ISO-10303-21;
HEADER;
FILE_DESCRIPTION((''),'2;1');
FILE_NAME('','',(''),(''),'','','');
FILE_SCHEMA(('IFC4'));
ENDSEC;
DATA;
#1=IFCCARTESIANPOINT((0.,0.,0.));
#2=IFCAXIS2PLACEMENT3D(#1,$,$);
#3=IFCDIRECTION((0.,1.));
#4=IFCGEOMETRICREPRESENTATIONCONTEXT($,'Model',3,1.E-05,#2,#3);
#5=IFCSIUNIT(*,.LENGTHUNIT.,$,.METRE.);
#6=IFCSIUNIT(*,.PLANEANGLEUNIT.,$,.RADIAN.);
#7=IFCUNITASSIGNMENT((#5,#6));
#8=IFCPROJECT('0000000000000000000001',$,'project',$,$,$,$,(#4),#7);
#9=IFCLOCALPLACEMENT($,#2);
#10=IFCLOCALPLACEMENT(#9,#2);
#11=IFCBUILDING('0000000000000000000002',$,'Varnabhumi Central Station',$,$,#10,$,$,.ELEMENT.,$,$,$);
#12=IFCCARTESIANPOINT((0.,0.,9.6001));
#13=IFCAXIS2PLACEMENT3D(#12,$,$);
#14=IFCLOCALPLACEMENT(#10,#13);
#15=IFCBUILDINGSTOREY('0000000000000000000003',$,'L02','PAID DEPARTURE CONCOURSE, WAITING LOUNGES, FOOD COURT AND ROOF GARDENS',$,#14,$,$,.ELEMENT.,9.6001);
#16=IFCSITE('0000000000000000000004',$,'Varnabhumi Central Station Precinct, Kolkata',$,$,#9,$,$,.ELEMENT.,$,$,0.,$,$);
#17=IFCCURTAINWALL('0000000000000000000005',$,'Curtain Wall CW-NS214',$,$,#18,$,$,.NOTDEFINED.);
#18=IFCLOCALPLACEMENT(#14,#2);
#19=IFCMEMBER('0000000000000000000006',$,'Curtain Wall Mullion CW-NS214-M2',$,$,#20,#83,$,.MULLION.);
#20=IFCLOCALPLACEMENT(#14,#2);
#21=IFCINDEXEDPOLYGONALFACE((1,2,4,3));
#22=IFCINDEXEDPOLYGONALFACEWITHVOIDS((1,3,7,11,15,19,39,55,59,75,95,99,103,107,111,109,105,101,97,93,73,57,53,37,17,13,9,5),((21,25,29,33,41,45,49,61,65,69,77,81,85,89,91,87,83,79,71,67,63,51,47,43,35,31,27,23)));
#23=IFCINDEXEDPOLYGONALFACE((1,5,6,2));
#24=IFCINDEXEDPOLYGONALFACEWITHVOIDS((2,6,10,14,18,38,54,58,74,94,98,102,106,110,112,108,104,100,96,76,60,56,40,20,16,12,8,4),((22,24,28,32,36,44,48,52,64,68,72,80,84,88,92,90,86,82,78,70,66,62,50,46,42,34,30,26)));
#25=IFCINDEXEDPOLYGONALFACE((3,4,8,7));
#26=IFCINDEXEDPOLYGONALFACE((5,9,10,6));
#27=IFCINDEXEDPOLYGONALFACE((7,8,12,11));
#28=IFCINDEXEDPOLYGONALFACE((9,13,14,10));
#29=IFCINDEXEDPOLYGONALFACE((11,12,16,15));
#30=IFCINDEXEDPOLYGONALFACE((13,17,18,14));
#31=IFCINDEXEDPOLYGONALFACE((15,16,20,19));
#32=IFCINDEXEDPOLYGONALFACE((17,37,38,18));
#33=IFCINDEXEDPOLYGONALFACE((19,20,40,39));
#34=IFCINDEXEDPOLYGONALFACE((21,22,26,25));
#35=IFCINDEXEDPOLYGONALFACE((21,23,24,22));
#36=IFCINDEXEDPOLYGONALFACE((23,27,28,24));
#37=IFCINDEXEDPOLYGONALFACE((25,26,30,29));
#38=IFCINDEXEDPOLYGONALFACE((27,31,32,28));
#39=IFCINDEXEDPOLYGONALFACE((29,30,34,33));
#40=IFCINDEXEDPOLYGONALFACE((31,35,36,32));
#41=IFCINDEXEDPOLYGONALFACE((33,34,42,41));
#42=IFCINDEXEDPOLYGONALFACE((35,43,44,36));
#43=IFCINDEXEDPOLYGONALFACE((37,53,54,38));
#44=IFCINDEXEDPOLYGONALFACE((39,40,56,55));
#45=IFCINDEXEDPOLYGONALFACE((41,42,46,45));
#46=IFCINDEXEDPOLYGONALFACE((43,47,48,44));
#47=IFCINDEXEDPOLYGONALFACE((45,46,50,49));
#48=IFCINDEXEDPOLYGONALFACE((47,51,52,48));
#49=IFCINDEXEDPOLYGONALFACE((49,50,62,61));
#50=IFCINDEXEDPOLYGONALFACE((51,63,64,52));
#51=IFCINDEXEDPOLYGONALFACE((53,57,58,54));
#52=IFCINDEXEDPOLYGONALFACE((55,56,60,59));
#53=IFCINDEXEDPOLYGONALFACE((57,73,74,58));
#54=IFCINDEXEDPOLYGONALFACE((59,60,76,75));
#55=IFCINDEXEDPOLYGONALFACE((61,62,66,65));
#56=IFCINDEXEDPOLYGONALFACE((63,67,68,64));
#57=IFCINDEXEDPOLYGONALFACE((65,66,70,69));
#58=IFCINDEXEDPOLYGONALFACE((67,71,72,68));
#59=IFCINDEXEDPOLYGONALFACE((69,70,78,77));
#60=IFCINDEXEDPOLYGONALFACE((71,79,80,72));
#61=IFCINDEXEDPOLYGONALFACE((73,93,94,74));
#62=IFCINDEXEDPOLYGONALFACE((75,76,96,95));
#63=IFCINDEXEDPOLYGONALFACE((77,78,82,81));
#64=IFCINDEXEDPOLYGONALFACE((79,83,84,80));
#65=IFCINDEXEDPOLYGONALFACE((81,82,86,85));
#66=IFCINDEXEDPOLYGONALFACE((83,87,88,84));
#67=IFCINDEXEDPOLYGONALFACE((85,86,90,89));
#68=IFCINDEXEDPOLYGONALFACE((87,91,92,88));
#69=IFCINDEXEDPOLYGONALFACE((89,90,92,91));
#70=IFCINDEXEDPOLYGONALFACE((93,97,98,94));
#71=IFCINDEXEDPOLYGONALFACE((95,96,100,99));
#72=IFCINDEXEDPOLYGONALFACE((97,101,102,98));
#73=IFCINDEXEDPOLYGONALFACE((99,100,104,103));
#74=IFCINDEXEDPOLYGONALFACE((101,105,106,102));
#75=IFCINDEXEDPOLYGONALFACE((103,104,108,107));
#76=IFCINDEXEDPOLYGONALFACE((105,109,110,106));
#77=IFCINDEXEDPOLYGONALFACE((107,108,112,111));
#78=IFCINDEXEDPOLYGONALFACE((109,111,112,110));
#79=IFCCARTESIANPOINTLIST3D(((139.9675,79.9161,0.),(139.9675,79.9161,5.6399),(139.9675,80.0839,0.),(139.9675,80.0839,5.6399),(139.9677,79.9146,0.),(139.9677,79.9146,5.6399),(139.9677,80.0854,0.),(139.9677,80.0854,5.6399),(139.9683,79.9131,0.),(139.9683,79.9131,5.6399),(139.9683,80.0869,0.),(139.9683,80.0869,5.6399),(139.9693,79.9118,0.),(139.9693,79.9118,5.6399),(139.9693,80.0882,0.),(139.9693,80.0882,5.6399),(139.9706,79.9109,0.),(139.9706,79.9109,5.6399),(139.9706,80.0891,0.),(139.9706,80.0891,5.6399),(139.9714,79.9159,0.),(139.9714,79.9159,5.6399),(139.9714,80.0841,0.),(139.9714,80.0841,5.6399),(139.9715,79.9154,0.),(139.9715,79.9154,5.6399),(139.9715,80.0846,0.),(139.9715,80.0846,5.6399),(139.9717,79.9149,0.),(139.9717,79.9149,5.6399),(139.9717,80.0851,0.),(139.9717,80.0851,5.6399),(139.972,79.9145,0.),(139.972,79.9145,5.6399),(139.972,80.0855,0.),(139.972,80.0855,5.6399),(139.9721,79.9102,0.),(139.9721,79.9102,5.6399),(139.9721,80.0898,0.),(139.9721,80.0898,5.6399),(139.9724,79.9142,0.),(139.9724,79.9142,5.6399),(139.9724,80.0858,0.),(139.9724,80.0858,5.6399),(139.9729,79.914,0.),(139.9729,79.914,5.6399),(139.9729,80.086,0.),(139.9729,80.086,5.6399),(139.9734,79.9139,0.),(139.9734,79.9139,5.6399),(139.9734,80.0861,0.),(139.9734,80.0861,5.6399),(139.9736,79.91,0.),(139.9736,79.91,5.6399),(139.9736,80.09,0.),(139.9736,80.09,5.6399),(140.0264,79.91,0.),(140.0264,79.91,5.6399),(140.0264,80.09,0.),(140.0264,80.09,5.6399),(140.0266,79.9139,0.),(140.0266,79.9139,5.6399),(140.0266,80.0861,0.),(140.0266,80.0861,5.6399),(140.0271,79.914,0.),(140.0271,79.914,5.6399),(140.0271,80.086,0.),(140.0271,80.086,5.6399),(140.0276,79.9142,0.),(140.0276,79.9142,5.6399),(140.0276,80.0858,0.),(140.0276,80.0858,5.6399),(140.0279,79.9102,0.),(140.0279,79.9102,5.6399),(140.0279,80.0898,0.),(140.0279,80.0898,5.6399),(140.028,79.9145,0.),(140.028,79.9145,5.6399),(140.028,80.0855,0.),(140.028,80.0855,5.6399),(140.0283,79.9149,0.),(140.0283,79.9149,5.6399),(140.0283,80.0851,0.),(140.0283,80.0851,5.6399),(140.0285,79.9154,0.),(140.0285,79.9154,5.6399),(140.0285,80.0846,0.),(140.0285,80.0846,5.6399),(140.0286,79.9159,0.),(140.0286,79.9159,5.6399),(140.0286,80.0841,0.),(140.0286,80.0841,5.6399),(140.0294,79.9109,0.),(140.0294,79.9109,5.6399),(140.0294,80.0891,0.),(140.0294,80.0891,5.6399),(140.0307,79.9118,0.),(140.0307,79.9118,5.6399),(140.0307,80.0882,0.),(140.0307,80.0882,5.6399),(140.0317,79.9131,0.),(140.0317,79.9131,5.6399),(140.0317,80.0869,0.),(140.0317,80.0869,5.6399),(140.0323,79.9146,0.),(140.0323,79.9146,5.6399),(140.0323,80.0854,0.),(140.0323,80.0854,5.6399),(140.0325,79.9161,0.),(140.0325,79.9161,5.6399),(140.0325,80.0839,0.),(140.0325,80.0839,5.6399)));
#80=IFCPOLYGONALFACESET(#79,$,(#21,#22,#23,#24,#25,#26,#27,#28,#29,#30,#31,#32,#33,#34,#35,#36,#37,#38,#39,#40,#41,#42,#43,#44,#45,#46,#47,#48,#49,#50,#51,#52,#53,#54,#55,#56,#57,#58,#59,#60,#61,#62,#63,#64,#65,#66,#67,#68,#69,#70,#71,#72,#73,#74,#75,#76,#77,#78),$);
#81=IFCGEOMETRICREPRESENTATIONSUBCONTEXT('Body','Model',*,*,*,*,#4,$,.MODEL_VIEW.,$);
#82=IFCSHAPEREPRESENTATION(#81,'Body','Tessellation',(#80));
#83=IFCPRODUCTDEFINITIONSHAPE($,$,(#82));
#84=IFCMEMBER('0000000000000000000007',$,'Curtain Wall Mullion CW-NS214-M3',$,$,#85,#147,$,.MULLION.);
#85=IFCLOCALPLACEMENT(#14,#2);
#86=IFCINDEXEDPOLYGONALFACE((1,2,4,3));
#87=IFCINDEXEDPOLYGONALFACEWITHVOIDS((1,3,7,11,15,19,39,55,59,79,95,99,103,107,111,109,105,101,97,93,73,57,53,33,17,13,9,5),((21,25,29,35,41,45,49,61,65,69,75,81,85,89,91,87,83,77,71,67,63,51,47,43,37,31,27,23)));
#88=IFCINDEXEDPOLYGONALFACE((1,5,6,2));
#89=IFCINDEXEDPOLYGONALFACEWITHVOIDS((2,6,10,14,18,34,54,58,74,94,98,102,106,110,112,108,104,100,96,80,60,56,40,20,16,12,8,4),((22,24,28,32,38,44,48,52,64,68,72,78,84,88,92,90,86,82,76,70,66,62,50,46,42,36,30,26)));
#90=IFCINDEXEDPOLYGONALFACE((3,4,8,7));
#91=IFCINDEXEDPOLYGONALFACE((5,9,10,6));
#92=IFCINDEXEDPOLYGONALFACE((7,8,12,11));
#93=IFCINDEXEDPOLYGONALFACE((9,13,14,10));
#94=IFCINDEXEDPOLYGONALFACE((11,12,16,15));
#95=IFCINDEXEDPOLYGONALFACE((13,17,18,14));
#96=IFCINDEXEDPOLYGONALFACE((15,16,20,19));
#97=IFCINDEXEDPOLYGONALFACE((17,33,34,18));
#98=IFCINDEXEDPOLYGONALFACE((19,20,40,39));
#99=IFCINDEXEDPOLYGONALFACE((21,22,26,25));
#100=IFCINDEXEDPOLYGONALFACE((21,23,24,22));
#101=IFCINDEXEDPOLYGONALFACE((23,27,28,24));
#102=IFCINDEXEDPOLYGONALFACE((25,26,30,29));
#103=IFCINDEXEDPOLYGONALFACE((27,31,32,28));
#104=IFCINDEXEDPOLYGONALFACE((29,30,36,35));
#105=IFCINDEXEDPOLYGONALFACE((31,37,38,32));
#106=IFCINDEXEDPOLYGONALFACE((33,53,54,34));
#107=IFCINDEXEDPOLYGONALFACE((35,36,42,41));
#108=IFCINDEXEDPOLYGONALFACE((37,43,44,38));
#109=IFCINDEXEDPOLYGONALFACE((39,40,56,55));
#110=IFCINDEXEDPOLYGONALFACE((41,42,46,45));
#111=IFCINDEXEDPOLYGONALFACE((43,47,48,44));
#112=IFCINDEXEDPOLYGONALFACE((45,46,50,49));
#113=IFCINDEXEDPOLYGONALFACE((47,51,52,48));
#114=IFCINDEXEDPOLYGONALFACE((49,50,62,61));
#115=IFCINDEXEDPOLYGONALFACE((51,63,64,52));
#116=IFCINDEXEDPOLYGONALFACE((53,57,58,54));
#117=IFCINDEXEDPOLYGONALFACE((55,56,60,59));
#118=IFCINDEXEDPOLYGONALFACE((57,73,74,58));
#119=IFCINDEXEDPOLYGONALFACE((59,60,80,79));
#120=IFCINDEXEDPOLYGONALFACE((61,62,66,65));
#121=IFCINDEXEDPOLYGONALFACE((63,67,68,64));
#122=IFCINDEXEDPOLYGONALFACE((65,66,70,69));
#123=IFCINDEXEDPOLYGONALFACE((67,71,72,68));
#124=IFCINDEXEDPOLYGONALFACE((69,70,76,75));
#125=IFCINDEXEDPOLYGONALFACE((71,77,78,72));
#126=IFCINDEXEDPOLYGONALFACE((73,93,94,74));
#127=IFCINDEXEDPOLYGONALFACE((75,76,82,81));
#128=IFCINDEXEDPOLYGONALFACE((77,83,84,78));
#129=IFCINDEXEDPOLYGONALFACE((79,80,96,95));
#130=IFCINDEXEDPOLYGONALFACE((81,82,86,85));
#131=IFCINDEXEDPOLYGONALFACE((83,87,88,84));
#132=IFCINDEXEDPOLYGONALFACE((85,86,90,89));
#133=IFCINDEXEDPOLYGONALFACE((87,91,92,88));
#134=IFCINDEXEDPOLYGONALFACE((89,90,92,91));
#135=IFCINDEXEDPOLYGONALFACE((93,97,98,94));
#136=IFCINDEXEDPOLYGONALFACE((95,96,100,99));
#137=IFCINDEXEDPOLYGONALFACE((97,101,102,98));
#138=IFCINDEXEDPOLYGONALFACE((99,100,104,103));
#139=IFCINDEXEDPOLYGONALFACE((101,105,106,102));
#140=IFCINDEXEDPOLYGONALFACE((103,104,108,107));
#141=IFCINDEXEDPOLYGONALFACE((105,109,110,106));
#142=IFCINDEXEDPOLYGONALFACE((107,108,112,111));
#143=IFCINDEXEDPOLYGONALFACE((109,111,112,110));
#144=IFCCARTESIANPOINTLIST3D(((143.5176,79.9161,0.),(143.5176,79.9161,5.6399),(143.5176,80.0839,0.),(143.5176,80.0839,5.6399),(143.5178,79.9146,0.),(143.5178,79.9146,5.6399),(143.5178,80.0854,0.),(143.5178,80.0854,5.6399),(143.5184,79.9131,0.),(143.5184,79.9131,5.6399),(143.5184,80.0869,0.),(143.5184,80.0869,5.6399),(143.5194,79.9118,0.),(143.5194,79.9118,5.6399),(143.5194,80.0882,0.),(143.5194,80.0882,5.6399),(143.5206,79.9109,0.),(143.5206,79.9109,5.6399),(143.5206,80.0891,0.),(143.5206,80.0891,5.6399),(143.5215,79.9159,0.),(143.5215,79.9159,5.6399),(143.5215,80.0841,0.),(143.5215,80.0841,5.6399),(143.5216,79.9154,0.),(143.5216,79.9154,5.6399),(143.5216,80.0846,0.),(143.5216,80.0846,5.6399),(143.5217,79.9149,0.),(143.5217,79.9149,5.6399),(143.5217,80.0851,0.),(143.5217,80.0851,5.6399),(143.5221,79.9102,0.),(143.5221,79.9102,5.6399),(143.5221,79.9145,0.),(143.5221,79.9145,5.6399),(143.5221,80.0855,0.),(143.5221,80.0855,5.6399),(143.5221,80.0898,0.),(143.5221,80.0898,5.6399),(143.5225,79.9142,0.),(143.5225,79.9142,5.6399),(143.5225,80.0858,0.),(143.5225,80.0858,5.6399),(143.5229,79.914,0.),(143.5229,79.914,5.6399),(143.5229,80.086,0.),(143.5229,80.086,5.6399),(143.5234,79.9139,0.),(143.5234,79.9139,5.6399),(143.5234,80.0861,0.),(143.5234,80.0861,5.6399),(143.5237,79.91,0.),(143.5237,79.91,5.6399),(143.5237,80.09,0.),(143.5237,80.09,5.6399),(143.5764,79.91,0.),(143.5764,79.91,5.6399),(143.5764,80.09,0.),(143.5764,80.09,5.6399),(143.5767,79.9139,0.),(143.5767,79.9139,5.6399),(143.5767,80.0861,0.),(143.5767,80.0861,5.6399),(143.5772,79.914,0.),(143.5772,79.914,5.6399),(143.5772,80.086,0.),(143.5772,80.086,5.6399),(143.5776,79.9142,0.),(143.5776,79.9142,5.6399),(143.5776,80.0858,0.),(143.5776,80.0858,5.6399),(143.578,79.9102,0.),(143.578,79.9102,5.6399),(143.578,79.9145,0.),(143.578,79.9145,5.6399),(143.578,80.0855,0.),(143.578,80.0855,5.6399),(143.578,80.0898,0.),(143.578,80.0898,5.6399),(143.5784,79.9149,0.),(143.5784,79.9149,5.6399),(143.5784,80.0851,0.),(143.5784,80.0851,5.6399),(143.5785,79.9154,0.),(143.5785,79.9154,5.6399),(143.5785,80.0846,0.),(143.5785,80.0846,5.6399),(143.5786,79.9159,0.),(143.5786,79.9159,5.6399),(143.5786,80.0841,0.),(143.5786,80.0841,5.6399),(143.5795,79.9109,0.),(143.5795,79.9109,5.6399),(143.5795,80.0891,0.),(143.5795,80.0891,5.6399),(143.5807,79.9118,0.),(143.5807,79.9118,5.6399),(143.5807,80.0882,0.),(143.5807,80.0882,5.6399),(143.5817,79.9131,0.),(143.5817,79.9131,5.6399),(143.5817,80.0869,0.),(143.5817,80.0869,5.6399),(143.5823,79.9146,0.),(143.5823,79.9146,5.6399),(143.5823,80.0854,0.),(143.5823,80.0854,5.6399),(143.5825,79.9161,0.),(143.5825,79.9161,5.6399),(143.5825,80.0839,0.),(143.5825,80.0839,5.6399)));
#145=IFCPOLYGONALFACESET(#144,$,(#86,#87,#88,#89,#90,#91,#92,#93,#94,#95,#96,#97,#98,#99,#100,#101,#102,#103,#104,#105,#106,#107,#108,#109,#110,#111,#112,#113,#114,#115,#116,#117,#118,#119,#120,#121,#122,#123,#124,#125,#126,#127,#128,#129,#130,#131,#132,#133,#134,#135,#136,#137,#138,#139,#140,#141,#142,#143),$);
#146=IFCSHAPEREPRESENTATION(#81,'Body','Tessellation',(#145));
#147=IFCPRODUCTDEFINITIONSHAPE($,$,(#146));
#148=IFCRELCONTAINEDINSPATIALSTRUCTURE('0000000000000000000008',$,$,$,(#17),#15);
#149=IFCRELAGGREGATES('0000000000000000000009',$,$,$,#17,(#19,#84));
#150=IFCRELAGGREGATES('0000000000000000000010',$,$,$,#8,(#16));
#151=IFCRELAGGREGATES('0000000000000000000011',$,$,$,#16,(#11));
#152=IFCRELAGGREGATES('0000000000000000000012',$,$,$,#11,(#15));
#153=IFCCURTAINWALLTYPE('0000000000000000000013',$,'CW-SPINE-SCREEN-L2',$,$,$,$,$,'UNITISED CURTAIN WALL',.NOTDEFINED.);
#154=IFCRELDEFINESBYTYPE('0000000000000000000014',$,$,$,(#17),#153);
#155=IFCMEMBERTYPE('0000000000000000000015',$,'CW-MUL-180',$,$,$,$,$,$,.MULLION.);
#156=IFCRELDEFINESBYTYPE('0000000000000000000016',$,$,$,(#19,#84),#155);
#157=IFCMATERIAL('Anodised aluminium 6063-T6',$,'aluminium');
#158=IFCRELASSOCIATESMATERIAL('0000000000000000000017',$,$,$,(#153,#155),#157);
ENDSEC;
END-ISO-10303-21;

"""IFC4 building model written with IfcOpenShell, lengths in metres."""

from ifc_helpers import new_model, si_unit, direction, frame, origin, origin_2d, place, context, subcontext, project, spatial, hollow_rectangle, extrude, material, material_profile, profile_set, type_object, element, aggregate, save


model = new_model("IFC4")

# Units and contexts
model_context = context("Model", 3, precision=1e-05, world=origin(), true_north=direction((0.0, 1.0)))
body_context = subcontext(model_context, "Body", "Model", "MODEL_VIEW")
ifc_project = project(units=[si_unit("LENGTHUNIT", "METRE"), si_unit("PLANEANGLEUNIT", "RADIAN")], contexts=[model_context])

# Site, building, storey
site_placement = place(None, origin())
site = spatial("IfcSite", under=ifc_project, at=site_placement, Name="Varnabhumi Central Station Precinct, Kolkata", CompositionType="ELEMENT", RefElevation=0.0)
building_placement = place(site_placement, origin())
building = spatial("IfcBuilding", under=site, at=building_placement, Name="Varnabhumi Central Station", CompositionType="ELEMENT")
storey_placement = place(building_placement, frame((0.0, 0.0, 9.6001)))
storey = spatial("IfcBuildingStorey", under=building, at=storey_placement, Name="L02", Description="PAID DEPARTURE CONCOURSE, WAITING LOUNGES, FOOD COURT AND ROOF GARDENS", CompositionType="ELEMENT", Elevation=9.6001)

# Curtain wall, members
ifc_material_1 = material(Name="Anodised aluminium 6063-T6", Category="aluminium")
curtain_wall_type_1 = type_object("IfcCurtainWallType", Name="CW-SPINE-SCREEN-L2", ElementType="UNITISED CURTAIN WALL", PredefinedType="NOTDEFINED", material=ifc_material_1)
curtain_wall_1_placement = place(storey_placement, origin())
curtain_wall_1 = element("IfcCurtainWall", 1, at=curtain_wall_1_placement, inside=storey, type_object=curtain_wall_type_1, Name="Curtain Wall CW-NS214", PredefinedType="NOTDEFINED")
ifc_material_profile_1 = material_profile(ifc_material_1, hollow_rectangle(XDim=0.0649, YDim=0.1799, WallThickness=0.0039, InnerFilletRadius=0.002, OuterFilletRadius=0.0061, at=origin_2d()), Name="Anodised aluminium 6063-T6", Category="aluminium")
ifc_profile_set_1 = profile_set([ifc_material_profile_1], Name="Anodised aluminium 6063-T6")
member_type_1 = type_object("IfcMemberType", Name="CW-MUL-180", PredefinedType="MULLION", material=ifc_profile_set_1)
member_1_placement = place(storey_placement, frame((140.0, 80.0, 0.0), z_axis=(0.0, 0.0, 1.0), x_axis=(1.0, 0.0, 0.0)))
member_1 = element("IfcMember", 2, at=member_1_placement, type_object=member_type_1, Name="Curtain Wall Mullion CW-NS214-M2", PredefinedType="MULLION", context=body_context, shape_type="SweptSolid", body=[
    extrude(hollow_rectangle(XDim=0.0649, YDim=0.1799, WallThickness=0.0039, InnerFilletRadius=0.002, OuterFilletRadius=0.0061, at=origin_2d()), origin(), (0.0, 0.0, 1.0), 5.6399),
])
member_2_placement = place(storey_placement, frame((143.55, 80.0, 0.0), z_axis=(0.0, 0.0, 1.0), x_axis=(1.0, 0.0, 0.0)))
member_2 = element("IfcMember", 3, at=member_2_placement, type_object=member_type_1, Name="Curtain Wall Mullion CW-NS214-M3", PredefinedType="MULLION", context=body_context, shape_type="SweptSolid", body=[
    extrude(hollow_rectangle(XDim=0.0649, YDim=0.1799, WallThickness=0.0039, InnerFilletRadius=0.002, OuterFilletRadius=0.0061, at=origin_2d()), origin(), (0.0, 0.0, 1.0), 5.6399),
])

aggregate(curtain_wall_1, [member_1, member_2])

save(model, "model.ifc")
